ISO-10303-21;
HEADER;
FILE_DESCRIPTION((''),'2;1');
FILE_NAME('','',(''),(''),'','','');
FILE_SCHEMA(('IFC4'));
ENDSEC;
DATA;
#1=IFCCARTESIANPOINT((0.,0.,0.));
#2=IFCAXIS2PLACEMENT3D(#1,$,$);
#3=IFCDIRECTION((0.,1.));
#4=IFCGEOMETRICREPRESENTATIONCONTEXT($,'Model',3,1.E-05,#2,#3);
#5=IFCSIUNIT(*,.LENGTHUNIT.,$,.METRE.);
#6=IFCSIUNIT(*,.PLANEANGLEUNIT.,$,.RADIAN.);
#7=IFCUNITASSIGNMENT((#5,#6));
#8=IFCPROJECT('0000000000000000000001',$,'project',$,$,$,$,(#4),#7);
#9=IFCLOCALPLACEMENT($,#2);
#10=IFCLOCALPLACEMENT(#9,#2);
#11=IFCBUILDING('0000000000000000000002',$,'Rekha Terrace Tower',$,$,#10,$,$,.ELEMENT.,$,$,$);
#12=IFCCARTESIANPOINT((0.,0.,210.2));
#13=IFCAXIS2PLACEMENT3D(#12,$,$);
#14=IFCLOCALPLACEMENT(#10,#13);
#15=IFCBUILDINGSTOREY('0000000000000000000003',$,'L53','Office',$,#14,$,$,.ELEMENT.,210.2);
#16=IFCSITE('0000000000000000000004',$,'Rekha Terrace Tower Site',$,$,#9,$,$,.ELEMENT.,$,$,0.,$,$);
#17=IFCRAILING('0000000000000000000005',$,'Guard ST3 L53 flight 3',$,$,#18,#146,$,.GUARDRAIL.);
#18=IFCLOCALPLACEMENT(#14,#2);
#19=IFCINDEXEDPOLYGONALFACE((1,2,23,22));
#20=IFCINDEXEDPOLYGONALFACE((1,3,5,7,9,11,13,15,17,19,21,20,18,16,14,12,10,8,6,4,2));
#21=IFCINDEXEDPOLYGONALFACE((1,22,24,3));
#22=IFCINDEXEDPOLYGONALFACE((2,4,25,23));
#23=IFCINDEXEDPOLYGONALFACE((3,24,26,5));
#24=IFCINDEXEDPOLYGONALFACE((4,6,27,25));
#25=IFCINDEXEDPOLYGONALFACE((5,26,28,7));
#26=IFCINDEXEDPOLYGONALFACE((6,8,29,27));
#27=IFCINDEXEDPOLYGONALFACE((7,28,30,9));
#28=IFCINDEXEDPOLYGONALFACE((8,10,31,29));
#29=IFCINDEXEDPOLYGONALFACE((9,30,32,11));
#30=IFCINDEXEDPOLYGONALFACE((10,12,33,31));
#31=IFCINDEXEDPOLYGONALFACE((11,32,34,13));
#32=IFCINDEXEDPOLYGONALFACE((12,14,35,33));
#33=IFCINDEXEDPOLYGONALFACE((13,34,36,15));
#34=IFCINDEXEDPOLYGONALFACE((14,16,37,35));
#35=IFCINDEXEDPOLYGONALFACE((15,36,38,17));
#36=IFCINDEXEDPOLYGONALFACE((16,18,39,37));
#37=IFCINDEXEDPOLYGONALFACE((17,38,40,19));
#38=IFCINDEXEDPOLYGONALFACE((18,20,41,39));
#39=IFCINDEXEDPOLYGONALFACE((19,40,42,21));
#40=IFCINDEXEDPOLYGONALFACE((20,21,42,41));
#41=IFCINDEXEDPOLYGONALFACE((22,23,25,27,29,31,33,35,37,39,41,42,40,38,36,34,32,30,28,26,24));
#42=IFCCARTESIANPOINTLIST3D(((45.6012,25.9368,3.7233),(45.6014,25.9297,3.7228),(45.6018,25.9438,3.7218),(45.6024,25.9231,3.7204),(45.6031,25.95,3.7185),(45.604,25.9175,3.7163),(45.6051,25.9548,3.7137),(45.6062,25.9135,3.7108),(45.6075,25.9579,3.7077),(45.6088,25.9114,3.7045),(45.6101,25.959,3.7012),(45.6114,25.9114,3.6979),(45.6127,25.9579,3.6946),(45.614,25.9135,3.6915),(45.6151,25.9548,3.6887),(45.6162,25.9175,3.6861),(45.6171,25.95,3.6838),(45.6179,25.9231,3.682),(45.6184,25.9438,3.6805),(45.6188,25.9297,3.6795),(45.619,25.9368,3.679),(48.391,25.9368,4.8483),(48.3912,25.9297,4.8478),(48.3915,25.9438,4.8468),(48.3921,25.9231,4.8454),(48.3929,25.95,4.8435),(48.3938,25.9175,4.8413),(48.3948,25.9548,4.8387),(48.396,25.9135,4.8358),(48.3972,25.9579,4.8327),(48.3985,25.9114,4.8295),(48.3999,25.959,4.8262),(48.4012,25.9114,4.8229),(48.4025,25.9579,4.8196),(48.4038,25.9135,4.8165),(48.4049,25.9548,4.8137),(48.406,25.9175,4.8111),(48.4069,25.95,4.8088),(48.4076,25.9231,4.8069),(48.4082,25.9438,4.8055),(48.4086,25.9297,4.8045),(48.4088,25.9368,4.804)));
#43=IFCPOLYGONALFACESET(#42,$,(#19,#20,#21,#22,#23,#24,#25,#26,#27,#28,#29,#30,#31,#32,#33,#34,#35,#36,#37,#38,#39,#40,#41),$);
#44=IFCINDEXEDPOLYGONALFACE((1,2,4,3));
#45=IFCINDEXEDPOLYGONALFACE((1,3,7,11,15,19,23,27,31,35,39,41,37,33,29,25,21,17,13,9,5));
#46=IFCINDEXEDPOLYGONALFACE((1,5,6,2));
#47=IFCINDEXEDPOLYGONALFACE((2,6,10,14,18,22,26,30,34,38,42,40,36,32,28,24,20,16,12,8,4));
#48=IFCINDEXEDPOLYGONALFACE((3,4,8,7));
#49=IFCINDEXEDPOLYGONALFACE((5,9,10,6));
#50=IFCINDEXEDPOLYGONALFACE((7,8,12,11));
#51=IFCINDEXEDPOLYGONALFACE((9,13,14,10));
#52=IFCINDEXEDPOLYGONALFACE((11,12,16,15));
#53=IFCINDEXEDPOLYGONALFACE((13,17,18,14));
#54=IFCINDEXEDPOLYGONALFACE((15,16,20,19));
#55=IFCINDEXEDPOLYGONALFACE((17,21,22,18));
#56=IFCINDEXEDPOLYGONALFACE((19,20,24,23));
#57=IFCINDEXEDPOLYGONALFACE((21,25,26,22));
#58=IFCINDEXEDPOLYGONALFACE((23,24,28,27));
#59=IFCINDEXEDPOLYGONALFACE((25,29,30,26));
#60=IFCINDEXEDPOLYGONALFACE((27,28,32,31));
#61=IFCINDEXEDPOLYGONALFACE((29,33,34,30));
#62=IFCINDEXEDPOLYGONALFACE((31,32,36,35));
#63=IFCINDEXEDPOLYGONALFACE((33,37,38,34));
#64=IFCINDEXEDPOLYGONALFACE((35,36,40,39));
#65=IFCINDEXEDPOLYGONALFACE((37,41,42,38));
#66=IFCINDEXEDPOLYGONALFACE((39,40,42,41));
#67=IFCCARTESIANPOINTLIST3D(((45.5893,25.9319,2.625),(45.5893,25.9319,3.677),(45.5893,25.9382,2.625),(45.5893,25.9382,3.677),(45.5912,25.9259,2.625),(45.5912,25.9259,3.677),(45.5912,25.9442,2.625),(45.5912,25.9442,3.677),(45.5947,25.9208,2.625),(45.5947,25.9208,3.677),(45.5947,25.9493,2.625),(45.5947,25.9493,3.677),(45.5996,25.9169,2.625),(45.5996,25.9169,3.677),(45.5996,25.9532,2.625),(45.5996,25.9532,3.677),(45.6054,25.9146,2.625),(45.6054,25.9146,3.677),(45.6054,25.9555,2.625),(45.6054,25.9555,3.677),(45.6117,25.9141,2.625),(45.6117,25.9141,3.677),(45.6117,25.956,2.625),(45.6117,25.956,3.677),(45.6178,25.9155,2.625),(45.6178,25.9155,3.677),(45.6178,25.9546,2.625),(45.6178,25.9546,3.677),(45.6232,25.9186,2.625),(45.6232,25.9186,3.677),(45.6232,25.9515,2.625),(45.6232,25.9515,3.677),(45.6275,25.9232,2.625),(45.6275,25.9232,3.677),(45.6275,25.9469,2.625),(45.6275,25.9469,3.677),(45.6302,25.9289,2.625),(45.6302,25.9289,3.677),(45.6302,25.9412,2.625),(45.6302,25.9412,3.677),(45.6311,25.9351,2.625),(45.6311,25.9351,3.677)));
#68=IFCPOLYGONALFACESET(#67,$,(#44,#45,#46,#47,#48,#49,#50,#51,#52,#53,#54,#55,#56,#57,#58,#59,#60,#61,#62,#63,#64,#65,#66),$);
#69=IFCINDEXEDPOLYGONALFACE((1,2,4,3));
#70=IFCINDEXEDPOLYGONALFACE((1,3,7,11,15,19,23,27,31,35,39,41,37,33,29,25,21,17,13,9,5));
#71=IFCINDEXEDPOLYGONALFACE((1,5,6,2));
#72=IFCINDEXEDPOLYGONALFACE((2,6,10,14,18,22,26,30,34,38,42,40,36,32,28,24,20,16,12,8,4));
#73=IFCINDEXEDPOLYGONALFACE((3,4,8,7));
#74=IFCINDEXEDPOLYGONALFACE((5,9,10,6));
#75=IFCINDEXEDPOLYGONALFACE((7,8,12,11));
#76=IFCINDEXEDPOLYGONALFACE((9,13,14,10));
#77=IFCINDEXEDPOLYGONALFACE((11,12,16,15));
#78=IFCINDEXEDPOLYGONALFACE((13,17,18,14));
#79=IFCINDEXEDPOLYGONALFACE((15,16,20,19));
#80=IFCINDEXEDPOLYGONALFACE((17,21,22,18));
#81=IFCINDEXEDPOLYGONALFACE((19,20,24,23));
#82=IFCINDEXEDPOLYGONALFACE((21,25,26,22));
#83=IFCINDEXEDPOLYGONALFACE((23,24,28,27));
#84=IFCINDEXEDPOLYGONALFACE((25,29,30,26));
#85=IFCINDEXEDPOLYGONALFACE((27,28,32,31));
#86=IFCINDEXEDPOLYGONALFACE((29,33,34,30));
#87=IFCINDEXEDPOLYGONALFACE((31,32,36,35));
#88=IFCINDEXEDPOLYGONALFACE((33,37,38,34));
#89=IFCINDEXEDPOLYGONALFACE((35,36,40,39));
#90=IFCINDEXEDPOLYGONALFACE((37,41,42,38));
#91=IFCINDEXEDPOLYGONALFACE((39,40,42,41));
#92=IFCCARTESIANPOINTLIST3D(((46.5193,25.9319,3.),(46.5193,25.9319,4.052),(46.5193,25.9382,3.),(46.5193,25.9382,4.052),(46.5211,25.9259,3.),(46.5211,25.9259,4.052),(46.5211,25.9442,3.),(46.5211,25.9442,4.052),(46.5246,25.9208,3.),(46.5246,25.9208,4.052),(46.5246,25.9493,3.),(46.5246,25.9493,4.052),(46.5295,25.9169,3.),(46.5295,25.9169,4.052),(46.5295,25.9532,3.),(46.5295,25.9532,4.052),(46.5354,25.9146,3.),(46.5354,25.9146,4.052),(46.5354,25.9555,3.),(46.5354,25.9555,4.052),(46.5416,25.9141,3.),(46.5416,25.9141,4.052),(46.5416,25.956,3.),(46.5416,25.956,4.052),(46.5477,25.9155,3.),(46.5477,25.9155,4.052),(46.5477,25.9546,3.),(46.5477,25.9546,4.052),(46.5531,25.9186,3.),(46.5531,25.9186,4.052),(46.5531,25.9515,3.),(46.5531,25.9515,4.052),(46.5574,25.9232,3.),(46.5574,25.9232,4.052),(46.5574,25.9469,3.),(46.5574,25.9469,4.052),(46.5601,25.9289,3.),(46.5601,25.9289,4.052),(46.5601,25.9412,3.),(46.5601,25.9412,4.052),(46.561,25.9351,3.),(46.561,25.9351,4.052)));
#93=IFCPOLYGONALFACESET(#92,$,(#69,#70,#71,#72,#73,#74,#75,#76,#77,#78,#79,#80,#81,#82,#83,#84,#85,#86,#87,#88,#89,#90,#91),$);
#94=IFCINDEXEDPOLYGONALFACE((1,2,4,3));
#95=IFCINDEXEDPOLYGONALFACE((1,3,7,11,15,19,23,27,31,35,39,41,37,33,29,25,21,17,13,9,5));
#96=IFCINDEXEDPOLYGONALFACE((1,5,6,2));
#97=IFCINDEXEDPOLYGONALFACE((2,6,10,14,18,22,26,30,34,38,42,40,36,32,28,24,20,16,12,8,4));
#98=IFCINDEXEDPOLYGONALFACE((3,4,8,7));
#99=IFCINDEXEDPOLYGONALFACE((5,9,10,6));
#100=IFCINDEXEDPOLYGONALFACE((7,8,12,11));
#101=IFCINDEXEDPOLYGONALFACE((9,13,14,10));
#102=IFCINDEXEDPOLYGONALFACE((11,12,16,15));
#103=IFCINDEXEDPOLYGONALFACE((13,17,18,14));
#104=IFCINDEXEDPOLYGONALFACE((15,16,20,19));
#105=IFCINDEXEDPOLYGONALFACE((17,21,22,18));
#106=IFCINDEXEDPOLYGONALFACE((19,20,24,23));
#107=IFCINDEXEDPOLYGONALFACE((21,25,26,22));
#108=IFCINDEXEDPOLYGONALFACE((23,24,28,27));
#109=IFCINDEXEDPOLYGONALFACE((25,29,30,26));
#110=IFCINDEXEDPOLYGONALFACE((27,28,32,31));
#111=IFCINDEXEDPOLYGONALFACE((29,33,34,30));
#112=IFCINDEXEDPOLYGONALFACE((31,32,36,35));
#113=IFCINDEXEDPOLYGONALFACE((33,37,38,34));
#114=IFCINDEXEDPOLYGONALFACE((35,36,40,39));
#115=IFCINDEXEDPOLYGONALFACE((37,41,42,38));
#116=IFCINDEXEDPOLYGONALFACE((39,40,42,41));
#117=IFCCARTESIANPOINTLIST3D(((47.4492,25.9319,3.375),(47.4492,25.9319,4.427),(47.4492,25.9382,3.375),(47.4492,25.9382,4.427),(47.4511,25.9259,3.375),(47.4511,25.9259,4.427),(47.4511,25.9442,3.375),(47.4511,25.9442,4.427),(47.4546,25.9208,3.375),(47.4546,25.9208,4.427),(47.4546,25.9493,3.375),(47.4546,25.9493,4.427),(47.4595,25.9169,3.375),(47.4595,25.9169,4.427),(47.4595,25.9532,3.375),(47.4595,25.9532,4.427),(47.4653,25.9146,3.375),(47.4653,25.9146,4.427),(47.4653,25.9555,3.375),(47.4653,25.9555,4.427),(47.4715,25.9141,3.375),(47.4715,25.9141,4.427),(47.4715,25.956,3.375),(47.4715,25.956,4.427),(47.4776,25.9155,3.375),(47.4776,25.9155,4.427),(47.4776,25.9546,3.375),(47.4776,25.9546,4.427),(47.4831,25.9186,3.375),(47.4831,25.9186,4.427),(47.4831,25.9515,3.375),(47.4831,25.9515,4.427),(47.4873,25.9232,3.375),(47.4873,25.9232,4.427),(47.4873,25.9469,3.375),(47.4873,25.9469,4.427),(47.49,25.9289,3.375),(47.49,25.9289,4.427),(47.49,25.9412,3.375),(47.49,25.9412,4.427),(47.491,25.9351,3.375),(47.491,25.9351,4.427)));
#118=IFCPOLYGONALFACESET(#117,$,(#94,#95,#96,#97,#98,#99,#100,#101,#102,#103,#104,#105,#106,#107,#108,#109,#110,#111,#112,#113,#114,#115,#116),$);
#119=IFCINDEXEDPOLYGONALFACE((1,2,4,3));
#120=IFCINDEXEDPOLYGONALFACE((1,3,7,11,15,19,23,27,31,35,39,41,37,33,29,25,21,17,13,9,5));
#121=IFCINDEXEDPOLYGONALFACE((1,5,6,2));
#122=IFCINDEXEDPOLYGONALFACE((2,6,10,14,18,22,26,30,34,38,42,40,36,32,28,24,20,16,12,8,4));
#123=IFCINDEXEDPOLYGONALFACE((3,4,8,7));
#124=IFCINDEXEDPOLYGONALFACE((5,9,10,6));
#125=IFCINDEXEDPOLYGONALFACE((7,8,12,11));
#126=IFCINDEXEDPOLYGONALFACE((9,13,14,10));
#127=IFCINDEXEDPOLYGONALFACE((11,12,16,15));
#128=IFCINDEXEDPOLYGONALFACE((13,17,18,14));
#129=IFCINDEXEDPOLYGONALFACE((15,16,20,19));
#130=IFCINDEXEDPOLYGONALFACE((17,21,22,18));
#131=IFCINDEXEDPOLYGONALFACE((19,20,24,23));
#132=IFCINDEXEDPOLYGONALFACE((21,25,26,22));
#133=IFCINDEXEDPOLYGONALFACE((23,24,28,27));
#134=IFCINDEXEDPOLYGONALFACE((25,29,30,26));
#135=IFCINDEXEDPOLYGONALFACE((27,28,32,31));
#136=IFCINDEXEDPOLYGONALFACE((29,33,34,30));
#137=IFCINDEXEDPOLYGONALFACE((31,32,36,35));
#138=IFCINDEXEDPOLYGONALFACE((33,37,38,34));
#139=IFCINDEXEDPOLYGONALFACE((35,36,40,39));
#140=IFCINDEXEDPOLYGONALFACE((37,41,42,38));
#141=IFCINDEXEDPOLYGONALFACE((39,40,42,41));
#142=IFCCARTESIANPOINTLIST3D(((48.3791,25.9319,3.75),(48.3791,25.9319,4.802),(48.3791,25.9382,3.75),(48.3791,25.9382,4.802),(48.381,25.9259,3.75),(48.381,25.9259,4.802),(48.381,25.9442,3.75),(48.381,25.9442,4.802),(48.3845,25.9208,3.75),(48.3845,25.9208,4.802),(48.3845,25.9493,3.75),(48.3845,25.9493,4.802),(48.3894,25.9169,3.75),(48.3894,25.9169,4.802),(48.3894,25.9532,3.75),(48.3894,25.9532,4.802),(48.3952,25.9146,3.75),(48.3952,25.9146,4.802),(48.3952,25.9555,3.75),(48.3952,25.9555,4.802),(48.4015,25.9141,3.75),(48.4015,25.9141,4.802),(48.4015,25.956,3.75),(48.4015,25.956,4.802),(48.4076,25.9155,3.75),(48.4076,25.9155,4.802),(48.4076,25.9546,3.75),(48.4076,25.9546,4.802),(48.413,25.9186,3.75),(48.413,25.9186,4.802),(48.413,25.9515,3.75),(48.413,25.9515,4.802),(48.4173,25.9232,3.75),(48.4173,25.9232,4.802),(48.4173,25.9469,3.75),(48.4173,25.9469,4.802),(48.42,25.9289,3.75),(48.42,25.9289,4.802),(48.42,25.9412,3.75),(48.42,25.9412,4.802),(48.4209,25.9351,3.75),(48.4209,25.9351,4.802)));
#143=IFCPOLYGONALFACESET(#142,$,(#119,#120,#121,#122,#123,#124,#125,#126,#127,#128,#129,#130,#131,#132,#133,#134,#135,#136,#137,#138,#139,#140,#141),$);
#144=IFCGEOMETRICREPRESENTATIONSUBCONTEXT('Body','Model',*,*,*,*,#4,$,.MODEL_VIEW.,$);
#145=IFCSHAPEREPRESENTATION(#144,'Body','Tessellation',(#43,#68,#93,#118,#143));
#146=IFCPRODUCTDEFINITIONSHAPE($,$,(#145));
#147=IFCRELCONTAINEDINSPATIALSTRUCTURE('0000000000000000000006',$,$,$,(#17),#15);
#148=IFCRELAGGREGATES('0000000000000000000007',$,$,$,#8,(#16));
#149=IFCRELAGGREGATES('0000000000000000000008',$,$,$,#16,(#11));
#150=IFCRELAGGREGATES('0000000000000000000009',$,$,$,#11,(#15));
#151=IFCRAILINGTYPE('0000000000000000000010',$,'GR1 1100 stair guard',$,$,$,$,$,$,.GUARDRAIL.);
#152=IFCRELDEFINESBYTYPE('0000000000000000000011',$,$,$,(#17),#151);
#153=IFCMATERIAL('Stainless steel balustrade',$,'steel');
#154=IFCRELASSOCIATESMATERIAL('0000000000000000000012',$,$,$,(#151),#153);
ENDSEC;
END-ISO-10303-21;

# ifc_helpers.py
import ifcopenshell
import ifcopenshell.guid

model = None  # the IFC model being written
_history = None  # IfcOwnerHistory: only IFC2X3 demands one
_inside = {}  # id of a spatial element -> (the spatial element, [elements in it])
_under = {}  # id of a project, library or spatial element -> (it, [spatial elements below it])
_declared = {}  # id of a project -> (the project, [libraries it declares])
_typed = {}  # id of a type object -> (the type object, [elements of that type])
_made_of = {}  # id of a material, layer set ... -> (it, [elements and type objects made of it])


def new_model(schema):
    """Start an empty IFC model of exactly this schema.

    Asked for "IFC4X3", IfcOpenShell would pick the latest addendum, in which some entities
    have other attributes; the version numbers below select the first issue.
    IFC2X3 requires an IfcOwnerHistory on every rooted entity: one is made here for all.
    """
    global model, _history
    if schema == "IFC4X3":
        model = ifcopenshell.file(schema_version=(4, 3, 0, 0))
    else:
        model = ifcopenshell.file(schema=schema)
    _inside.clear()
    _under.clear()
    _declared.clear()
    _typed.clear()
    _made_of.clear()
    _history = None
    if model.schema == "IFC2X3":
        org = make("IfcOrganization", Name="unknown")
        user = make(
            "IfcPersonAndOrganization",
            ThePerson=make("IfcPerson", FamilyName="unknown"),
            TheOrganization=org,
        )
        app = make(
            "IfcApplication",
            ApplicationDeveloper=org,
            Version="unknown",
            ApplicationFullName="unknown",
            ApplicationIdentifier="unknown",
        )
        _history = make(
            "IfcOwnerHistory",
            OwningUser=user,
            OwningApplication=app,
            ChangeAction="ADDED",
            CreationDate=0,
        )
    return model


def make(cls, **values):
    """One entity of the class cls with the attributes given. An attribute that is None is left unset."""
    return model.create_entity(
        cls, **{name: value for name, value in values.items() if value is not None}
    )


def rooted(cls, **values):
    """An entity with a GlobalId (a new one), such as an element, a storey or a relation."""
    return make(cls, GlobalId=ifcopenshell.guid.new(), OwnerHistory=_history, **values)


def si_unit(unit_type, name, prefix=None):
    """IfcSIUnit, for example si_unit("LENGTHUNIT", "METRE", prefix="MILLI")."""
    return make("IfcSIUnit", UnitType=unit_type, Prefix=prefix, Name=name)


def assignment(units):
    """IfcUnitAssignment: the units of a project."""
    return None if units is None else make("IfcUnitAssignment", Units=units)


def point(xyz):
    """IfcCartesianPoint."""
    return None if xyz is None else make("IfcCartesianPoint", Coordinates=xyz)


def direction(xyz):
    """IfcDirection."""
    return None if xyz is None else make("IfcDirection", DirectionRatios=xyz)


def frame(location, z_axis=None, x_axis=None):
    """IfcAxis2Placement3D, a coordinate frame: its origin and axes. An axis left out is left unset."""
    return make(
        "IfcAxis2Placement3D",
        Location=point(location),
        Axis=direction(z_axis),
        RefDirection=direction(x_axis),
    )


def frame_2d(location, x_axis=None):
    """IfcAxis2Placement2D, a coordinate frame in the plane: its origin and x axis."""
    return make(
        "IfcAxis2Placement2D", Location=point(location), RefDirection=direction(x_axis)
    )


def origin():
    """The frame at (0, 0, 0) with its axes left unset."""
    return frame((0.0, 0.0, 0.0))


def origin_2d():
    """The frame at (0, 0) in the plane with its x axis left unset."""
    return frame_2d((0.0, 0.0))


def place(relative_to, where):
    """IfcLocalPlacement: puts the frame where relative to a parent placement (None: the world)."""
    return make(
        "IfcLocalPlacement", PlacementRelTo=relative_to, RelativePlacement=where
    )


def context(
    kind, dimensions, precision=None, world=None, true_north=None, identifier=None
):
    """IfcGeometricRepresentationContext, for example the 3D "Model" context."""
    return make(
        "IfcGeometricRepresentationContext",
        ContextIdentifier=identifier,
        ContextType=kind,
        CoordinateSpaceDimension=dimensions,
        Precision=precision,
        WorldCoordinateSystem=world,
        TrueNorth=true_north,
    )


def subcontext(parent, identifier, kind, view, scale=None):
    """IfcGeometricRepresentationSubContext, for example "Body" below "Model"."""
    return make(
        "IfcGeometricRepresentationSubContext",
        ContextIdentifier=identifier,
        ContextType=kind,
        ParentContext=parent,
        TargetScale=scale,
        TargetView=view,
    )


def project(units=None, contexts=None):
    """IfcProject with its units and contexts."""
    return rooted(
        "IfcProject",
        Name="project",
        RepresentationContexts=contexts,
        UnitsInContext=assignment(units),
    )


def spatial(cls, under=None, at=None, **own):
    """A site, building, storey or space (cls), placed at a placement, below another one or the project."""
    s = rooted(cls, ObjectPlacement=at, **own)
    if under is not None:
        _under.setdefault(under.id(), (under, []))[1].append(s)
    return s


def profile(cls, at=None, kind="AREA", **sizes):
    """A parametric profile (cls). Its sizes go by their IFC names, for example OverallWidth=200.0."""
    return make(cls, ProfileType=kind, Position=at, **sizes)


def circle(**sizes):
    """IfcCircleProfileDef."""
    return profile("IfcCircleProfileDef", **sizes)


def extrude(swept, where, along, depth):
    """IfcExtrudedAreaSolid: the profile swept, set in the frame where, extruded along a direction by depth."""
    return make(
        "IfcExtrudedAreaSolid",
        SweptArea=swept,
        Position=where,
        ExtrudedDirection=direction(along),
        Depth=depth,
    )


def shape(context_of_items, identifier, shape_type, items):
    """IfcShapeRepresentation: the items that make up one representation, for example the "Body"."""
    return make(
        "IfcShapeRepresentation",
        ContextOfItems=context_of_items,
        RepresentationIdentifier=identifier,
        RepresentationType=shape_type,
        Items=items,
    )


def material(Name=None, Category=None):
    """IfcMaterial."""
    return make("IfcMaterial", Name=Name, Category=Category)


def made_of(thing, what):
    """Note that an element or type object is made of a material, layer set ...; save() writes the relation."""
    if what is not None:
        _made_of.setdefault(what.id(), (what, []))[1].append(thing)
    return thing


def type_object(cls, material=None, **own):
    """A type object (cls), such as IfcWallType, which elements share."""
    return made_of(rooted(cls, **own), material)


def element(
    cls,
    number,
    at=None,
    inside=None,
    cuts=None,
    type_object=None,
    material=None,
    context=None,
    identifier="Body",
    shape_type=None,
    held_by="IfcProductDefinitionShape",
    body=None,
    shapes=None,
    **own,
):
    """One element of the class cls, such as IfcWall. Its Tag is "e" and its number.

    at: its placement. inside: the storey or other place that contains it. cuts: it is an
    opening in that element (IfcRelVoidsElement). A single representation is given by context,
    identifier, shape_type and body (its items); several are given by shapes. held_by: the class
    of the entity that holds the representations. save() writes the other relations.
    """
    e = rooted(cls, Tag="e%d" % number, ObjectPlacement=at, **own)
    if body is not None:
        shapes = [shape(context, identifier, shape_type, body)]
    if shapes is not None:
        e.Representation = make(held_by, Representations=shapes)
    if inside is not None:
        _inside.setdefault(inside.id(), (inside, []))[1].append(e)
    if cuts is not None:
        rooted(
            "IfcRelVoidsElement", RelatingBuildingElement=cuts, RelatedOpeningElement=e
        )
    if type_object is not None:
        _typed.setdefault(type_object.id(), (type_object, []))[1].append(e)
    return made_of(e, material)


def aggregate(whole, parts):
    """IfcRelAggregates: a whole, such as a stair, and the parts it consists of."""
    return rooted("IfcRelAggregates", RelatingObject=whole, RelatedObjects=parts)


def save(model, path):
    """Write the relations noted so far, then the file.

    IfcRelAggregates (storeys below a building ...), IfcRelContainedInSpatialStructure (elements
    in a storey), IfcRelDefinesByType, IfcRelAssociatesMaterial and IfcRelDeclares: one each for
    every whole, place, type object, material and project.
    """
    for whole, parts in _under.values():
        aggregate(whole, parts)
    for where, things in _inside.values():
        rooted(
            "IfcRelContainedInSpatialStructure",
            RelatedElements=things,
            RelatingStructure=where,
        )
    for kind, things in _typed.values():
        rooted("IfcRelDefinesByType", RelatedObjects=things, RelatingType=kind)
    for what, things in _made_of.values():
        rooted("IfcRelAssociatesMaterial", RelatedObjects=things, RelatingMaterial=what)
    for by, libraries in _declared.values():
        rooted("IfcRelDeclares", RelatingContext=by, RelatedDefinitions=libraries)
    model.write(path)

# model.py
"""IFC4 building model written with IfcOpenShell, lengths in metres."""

from ifc_helpers import new_model, si_unit, direction, frame, origin, origin_2d, place, context, subcontext, project, spatial, circle, extrude, material, type_object, element, save


model = new_model("IFC4")

# Units and contexts
model_context = context("Model", 3, precision=1e-05, world=origin(), true_north=direction((0.0, 1.0)))
body_context = subcontext(model_context, "Body", "Model", "MODEL_VIEW")
ifc_project = project(units=[si_unit("LENGTHUNIT", "METRE"), si_unit("PLANEANGLEUNIT", "RADIAN")], contexts=[model_context])

# Site, building, storey
site_placement = place(None, origin())
site = spatial("IfcSite", under=ifc_project, at=site_placement, Name="Rekha Terrace Tower Site", CompositionType="ELEMENT", RefElevation=0.0)
building_placement = place(site_placement, origin())
building = spatial("IfcBuilding", under=site, at=building_placement, Name="Rekha Terrace Tower", CompositionType="ELEMENT")
storey_placement = place(building_placement, frame((0.0, 0.0, 210.2)))
storey = spatial("IfcBuildingStorey", under=building, at=storey_placement, Name="L53", Description="Office", CompositionType="ELEMENT", Elevation=210.2)

# Railing
ifc_material_1 = material(Name="Stainless steel balustrade", Category="steel")
railing_type_1 = type_object("IfcRailingType", Name="GR1 1100 stair guard", PredefinedType="GUARDRAIL", material=ifc_material_1)
railing_1_placement = place(storey_placement, frame((45.6101, 25.9351, 2.625)))
element("IfcRailing", 1, at=railing_1_placement, inside=storey, type_object=railing_type_1, Name="Guard ST3 L53 flight 3", PredefinedType="GUARDRAIL", context=body_context, shape_type="SweptSolid", body=[
    extrude(circle(Radius=0.0239, at=origin_2d()), frame((0.0, 0.0, 1.0762), z_axis=(0.927432, 0.0, 0.373992), x_axis=(0.0, 1.0, 0.0)), (0.0, 0.0, 1.0), 3.0081),
    extrude(circle(Radius=0.021, at=origin_2d()), origin(), (0.0, 0.0, 1.0), 1.052),
    extrude(circle(Radius=0.021, at=origin_2d()), frame((0.9299, 0.0, 0.375)), (0.0, 0.0, 1.0), 1.052),
    extrude(circle(Radius=0.021, at=origin_2d()), frame((1.8599, 0.0, 0.75)), (0.0, 0.0, 1.0), 1.052),
    extrude(circle(Radius=0.021, at=origin_2d()), frame((2.7898, 0.0, 1.125)), (0.0, 0.0, 1.0), 1.052),
])

save(model, "model.ifc")
